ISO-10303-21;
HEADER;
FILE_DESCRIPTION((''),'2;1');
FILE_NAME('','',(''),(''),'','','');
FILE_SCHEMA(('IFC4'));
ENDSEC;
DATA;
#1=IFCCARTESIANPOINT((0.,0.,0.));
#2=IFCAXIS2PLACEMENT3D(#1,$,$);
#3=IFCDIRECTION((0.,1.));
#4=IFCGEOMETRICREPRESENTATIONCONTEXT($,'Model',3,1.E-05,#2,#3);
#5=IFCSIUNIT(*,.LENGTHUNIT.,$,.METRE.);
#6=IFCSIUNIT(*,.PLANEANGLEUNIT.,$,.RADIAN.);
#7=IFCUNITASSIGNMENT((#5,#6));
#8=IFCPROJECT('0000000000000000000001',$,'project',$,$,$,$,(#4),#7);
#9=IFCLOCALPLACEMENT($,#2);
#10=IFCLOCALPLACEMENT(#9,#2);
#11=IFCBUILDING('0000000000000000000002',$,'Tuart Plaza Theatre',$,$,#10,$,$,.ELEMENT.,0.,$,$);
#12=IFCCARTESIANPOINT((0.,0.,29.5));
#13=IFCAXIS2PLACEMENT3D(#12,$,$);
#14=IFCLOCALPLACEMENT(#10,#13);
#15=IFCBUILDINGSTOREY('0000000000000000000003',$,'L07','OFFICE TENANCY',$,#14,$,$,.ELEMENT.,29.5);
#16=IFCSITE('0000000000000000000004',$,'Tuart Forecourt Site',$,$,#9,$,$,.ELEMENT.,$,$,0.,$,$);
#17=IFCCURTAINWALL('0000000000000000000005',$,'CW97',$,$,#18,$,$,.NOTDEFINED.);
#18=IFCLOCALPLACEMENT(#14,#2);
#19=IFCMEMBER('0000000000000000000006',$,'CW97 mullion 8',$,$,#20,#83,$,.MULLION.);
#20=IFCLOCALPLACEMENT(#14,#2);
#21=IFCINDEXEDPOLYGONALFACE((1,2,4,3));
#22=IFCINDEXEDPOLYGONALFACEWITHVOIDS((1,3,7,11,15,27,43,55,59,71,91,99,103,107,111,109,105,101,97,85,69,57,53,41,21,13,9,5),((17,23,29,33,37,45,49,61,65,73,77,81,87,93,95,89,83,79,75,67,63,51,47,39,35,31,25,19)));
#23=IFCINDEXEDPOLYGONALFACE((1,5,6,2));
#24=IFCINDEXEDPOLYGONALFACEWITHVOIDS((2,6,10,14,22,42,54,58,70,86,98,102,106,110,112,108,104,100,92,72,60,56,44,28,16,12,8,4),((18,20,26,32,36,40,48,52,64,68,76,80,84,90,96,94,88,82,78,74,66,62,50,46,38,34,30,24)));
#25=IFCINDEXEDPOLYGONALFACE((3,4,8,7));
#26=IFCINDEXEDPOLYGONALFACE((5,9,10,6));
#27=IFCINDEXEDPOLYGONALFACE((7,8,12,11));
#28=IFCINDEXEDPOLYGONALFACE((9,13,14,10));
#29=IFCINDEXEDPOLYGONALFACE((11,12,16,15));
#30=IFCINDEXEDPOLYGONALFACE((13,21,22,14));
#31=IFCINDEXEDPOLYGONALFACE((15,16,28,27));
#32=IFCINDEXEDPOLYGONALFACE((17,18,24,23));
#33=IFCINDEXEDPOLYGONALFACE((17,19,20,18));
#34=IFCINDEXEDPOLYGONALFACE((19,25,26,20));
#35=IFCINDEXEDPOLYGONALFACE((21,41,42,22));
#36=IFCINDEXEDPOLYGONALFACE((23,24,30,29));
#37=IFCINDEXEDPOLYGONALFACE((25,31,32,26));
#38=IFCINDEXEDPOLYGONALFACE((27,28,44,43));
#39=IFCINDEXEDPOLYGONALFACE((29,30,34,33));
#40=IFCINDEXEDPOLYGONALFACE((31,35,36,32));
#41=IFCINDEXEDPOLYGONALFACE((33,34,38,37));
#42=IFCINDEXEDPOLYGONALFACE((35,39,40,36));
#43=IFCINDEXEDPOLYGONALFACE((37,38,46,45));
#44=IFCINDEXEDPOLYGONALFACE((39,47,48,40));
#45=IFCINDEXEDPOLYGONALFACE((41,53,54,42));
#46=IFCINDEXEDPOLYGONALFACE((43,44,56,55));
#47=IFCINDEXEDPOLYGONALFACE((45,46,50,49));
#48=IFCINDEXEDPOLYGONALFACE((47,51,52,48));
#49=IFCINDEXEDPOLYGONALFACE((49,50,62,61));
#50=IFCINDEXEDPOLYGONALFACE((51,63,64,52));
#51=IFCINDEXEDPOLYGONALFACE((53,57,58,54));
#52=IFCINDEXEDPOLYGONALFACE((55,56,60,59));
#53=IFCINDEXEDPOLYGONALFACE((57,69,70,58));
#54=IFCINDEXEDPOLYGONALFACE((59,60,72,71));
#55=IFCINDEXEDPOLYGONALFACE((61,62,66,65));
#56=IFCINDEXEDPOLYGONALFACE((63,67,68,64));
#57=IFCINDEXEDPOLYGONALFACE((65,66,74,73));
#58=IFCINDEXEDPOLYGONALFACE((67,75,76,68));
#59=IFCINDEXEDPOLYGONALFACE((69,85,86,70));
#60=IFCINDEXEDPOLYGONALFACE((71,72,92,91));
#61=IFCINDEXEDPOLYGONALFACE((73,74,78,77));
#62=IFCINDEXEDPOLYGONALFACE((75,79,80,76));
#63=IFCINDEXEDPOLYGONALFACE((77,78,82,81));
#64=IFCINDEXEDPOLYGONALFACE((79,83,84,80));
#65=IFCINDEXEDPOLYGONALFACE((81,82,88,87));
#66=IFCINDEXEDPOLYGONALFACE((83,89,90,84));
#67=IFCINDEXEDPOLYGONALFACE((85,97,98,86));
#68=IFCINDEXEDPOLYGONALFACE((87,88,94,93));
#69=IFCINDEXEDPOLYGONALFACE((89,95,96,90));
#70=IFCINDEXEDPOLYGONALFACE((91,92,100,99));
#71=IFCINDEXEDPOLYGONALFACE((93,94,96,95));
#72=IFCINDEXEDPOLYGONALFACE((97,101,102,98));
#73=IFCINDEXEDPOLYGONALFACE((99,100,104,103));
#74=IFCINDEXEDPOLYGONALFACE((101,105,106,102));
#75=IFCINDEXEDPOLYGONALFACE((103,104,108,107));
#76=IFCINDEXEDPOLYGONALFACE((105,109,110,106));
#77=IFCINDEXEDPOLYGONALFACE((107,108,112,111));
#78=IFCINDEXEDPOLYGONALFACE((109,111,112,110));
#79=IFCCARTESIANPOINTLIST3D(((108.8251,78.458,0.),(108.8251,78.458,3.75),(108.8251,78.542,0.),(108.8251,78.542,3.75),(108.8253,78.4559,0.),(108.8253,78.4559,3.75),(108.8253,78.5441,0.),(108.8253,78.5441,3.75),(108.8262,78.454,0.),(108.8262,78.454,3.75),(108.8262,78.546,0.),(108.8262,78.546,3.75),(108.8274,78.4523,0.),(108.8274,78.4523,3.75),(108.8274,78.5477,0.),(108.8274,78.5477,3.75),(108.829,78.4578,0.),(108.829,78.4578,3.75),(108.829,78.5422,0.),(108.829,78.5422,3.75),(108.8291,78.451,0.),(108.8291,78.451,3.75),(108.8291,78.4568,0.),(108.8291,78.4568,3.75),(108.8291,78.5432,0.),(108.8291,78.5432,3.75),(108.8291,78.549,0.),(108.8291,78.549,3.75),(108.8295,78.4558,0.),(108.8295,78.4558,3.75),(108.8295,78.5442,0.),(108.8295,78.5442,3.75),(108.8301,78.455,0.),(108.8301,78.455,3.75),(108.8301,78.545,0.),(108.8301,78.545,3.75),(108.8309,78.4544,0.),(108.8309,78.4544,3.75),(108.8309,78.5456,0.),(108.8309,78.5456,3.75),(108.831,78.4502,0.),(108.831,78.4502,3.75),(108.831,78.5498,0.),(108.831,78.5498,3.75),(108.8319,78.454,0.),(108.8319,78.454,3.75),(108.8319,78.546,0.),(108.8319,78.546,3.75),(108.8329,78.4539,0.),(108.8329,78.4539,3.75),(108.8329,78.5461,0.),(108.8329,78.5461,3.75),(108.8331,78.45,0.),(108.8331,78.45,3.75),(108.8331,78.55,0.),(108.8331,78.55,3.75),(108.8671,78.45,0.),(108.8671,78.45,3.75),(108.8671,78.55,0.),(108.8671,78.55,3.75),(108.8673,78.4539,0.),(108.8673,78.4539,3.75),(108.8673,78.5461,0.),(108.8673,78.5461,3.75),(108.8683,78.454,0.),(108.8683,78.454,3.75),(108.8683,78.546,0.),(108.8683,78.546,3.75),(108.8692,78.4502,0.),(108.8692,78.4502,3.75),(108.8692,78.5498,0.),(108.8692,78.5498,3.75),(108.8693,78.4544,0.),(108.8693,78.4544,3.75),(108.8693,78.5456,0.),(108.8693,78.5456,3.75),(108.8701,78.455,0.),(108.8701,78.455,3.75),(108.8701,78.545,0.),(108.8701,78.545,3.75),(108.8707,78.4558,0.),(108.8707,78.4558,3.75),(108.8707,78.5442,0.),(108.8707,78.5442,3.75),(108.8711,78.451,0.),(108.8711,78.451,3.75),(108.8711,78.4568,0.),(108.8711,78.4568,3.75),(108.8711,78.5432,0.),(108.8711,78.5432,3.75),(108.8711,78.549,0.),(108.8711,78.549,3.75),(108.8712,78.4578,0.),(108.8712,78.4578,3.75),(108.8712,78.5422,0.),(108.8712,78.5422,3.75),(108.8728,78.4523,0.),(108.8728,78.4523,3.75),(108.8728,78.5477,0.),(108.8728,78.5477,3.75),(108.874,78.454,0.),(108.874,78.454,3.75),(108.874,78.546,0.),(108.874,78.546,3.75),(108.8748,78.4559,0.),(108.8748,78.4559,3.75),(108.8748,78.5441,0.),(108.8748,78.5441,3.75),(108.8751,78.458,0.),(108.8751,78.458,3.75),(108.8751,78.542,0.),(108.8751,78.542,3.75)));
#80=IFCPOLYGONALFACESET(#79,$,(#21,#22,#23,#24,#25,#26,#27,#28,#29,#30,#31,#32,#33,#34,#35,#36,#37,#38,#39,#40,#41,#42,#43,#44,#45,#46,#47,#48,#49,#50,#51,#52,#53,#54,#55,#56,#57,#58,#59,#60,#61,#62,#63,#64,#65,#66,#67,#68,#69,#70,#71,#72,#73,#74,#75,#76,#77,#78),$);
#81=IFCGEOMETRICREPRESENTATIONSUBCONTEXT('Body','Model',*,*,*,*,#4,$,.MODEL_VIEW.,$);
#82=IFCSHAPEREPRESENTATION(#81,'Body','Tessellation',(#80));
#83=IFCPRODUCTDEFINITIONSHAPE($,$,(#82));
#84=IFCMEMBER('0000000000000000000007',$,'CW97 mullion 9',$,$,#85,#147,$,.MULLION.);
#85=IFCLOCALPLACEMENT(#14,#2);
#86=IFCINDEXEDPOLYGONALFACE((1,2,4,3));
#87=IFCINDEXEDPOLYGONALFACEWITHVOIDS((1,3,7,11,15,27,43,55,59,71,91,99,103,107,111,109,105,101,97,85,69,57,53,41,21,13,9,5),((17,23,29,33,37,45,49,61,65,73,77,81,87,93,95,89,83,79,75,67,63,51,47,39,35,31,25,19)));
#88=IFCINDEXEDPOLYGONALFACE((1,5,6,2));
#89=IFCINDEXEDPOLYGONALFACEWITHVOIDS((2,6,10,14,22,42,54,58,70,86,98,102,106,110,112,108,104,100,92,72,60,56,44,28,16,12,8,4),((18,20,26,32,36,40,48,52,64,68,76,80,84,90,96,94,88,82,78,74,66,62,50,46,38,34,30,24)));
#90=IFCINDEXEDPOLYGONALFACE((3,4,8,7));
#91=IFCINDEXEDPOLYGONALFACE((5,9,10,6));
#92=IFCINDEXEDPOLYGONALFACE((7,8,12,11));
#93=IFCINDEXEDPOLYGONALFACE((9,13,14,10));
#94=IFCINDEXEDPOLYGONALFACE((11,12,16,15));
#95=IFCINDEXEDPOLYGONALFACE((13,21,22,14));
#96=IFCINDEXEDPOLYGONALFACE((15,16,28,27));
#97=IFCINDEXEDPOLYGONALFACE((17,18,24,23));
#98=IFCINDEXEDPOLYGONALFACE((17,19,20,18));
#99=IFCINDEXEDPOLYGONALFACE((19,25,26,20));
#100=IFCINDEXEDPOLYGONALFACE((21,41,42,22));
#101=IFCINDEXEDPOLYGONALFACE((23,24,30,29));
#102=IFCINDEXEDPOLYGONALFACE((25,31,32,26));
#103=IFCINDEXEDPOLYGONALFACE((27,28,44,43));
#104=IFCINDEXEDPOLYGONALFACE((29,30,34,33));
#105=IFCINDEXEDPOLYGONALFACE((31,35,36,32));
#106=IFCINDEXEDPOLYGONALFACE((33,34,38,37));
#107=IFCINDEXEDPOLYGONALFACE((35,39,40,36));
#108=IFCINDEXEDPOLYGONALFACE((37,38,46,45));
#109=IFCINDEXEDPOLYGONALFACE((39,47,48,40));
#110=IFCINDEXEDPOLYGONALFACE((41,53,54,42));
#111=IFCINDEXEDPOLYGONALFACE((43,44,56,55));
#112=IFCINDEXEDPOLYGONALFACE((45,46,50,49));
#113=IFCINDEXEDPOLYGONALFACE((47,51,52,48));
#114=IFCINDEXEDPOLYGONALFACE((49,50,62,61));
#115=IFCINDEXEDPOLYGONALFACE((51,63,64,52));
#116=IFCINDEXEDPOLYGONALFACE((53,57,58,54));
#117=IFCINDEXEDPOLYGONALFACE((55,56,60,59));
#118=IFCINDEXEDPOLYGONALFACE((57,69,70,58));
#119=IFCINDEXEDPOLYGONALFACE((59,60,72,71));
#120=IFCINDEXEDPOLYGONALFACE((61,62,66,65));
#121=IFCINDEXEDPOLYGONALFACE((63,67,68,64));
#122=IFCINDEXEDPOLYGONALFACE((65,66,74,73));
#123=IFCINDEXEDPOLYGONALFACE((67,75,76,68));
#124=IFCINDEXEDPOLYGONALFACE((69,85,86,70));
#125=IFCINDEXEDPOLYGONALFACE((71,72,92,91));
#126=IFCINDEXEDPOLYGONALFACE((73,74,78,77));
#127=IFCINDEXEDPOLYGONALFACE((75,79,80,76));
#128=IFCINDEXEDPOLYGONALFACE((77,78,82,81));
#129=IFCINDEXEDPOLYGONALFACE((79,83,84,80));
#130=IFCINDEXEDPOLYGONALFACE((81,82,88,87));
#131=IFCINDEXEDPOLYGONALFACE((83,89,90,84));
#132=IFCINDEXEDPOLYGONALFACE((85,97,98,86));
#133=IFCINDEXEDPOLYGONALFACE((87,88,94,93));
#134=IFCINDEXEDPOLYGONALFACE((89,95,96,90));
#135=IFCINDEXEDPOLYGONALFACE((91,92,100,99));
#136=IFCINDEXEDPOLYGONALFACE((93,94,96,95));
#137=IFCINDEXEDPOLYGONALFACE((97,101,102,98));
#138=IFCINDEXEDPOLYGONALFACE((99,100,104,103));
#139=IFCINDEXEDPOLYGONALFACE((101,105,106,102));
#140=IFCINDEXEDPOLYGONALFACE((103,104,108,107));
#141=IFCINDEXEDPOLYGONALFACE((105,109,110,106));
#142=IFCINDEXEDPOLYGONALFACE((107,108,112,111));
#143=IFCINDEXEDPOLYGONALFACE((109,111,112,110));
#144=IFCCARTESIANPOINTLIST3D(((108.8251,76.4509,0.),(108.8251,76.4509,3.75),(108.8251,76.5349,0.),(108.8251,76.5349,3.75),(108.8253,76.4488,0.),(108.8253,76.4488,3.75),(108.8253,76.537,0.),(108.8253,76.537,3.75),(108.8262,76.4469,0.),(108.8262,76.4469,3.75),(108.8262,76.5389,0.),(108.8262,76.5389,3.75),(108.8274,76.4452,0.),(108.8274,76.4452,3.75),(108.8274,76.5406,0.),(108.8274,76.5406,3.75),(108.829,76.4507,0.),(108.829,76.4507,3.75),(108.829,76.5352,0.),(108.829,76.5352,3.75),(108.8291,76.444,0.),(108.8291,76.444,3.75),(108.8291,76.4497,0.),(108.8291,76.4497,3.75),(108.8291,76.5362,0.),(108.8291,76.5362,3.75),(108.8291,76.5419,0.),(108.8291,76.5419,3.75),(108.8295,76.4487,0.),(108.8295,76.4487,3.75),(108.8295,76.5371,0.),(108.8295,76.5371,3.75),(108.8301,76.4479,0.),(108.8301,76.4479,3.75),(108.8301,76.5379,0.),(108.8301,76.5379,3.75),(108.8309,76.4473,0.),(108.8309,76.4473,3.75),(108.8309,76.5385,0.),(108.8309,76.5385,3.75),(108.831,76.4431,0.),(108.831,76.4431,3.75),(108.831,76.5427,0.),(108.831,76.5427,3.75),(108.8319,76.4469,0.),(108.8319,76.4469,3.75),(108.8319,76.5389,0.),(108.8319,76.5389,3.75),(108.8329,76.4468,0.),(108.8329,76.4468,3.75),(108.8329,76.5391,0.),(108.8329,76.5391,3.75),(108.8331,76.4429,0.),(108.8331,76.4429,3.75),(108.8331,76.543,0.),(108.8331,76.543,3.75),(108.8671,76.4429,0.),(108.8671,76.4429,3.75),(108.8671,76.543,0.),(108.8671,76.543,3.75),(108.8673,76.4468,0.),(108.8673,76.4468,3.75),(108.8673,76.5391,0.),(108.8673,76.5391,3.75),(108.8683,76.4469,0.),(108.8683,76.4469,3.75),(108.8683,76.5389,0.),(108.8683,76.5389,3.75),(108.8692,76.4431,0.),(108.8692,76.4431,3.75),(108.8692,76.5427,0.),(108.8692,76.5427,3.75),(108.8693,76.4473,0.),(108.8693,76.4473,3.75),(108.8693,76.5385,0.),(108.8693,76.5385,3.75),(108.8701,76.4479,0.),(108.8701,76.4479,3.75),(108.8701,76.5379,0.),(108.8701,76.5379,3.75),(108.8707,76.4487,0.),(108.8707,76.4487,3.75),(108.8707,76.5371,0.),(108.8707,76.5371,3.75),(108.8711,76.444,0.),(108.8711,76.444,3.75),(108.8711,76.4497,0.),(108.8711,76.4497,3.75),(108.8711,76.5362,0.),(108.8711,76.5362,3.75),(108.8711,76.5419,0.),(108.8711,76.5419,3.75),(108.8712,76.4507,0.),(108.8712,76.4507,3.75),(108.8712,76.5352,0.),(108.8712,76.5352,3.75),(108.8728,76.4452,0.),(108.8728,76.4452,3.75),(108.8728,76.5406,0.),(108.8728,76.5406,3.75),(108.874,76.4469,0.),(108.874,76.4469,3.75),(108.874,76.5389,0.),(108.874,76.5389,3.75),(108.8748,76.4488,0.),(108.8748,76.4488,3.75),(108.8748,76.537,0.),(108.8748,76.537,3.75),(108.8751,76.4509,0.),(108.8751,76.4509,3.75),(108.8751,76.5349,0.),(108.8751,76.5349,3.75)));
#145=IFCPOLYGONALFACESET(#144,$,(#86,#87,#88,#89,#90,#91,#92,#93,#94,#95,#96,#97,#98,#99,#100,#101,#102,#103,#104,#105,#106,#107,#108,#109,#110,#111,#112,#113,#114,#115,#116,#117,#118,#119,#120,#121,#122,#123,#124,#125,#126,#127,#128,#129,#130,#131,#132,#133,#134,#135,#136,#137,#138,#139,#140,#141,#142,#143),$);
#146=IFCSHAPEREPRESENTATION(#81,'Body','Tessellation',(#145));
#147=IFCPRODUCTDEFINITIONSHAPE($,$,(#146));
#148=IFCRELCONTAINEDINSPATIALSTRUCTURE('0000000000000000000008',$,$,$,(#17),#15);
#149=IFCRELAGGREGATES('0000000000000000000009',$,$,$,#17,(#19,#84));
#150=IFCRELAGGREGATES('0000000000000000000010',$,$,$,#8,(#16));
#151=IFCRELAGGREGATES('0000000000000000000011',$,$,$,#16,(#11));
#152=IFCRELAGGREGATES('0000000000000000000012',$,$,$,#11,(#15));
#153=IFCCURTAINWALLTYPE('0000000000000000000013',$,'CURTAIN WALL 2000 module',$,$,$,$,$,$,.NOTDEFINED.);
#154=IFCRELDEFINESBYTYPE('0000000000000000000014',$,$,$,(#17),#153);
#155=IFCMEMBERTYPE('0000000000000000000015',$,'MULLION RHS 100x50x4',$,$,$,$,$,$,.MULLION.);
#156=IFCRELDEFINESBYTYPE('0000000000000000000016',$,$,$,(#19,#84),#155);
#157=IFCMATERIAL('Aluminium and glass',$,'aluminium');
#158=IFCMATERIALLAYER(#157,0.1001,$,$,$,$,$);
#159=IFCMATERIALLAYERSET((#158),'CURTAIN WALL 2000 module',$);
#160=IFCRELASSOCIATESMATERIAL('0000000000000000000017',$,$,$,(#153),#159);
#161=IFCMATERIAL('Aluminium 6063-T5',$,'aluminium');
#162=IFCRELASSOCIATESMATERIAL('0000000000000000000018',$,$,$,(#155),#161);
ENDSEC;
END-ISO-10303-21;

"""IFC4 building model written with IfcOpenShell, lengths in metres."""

from ifc_helpers import new_model, si_unit, direction, frame, origin, origin_2d, place, context, subcontext, project, spatial, hollow_rectangle, extrude, material, layer, layer_set, material_profile, profile_set, type_object, element, aggregate, save


model = new_model("IFC4")

# Units and contexts
model_context = context("Model", 3, precision=1e-05, world=origin(), true_north=direction((0.0, 1.0)))
body_context = subcontext(model_context, "Body", "Model", "MODEL_VIEW")
ifc_project = project(units=[si_unit("LENGTHUNIT", "METRE"), si_unit("PLANEANGLEUNIT", "RADIAN")], contexts=[model_context])

# Site, building, storey
site_placement = place(None, origin())
site = spatial("IfcSite", under=ifc_project, at=site_placement, Name="Tuart Forecourt Site", CompositionType="ELEMENT", RefElevation=0.0)
building_placement = place(site_placement, origin())
building = spatial("IfcBuilding", under=site, at=building_placement, Name="Tuart Plaza Theatre", CompositionType="ELEMENT", ElevationOfRefHeight=0.0)
storey_placement = place(building_placement, frame((0.0, 0.0, 29.5)))
storey = spatial("IfcBuildingStorey", under=building, at=storey_placement, Name="L07", Description="OFFICE TENANCY", CompositionType="ELEMENT", Elevation=29.5)

# Shared definitions
ifc_material_1 = material(Name="Aluminium and glass", Category="aluminium")
ifc_layer_1 = layer(ifc_material_1, 0.1001)
ifc_layer_set_1 = layer_set([ifc_layer_1], Name="CURTAIN WALL 2000 module")
curtain_wall_type = type_object("IfcCurtainWallType", Name="CURTAIN WALL 2000 module", PredefinedType="NOTDEFINED", material=ifc_layer_set_1)
ifc_material_2 = material(Name="Aluminium 6063-T5", Category="aluminium")
ifc_material_profile_1 = material_profile(ifc_material_2, hollow_rectangle(XDim=0.05, YDim=0.1001, WallThickness=0.0039, InnerFilletRadius=0.0039, OuterFilletRadius=0.0081, at=origin_2d()), Name="RHS 100x50x4")
ifc_profile_set_1 = profile_set([ifc_material_profile_1], Name="Aluminium 6063-T5")
member_type_1 = type_object("IfcMemberType", Name="MULLION RHS 100x50x4", PredefinedType="MULLION", material=ifc_profile_set_1)

# Curtain wall, members
curtain_wall_1_placement = place(storey_placement, origin())
curtain_wall_1 = element("IfcCurtainWall", 1, at=curtain_wall_1_placement, inside=storey, type_object=curtain_wall_type, Name="CW97", PredefinedType="NOTDEFINED")
member_1_placement = place(storey_placement, frame((108.8501, 78.5, 0.0), z_axis=(0.0, 0.0, 1.0), x_axis=(1.0, 0.0, 0.0)))
member_1 = element("IfcMember", 2, at=member_1_placement, type_object=member_type_1, Name="CW97 mullion 8", PredefinedType="MULLION", context=body_context, shape_type="SweptSolid", body=[
    extrude(hollow_rectangle(XDim=0.05, YDim=0.1001, WallThickness=0.0039, InnerFilletRadius=0.0039, OuterFilletRadius=0.0081, at=origin_2d()), origin(), (0.0, 0.0, 1.0), 3.75),
])
member_2_placement = place(storey_placement, frame((108.8501, 76.4929, 0.0), z_axis=(0.0, 0.0, 1.0), x_axis=(1.0, 0.0, 0.0)))
member_2 = element("IfcMember", 3, at=member_2_placement, type_object=member_type_1, Name="CW97 mullion 9", PredefinedType="MULLION", context=body_context, shape_type="SweptSolid", body=[
    extrude(hollow_rectangle(XDim=0.05, YDim=0.1001, WallThickness=0.0039, InnerFilletRadius=0.0039, OuterFilletRadius=0.0081, at=origin_2d()), origin(), (0.0, 0.0, 1.0), 3.75),
])
aggregate(curtain_wall_1, [member_1, member_2])

save(model, "model.ifc")
